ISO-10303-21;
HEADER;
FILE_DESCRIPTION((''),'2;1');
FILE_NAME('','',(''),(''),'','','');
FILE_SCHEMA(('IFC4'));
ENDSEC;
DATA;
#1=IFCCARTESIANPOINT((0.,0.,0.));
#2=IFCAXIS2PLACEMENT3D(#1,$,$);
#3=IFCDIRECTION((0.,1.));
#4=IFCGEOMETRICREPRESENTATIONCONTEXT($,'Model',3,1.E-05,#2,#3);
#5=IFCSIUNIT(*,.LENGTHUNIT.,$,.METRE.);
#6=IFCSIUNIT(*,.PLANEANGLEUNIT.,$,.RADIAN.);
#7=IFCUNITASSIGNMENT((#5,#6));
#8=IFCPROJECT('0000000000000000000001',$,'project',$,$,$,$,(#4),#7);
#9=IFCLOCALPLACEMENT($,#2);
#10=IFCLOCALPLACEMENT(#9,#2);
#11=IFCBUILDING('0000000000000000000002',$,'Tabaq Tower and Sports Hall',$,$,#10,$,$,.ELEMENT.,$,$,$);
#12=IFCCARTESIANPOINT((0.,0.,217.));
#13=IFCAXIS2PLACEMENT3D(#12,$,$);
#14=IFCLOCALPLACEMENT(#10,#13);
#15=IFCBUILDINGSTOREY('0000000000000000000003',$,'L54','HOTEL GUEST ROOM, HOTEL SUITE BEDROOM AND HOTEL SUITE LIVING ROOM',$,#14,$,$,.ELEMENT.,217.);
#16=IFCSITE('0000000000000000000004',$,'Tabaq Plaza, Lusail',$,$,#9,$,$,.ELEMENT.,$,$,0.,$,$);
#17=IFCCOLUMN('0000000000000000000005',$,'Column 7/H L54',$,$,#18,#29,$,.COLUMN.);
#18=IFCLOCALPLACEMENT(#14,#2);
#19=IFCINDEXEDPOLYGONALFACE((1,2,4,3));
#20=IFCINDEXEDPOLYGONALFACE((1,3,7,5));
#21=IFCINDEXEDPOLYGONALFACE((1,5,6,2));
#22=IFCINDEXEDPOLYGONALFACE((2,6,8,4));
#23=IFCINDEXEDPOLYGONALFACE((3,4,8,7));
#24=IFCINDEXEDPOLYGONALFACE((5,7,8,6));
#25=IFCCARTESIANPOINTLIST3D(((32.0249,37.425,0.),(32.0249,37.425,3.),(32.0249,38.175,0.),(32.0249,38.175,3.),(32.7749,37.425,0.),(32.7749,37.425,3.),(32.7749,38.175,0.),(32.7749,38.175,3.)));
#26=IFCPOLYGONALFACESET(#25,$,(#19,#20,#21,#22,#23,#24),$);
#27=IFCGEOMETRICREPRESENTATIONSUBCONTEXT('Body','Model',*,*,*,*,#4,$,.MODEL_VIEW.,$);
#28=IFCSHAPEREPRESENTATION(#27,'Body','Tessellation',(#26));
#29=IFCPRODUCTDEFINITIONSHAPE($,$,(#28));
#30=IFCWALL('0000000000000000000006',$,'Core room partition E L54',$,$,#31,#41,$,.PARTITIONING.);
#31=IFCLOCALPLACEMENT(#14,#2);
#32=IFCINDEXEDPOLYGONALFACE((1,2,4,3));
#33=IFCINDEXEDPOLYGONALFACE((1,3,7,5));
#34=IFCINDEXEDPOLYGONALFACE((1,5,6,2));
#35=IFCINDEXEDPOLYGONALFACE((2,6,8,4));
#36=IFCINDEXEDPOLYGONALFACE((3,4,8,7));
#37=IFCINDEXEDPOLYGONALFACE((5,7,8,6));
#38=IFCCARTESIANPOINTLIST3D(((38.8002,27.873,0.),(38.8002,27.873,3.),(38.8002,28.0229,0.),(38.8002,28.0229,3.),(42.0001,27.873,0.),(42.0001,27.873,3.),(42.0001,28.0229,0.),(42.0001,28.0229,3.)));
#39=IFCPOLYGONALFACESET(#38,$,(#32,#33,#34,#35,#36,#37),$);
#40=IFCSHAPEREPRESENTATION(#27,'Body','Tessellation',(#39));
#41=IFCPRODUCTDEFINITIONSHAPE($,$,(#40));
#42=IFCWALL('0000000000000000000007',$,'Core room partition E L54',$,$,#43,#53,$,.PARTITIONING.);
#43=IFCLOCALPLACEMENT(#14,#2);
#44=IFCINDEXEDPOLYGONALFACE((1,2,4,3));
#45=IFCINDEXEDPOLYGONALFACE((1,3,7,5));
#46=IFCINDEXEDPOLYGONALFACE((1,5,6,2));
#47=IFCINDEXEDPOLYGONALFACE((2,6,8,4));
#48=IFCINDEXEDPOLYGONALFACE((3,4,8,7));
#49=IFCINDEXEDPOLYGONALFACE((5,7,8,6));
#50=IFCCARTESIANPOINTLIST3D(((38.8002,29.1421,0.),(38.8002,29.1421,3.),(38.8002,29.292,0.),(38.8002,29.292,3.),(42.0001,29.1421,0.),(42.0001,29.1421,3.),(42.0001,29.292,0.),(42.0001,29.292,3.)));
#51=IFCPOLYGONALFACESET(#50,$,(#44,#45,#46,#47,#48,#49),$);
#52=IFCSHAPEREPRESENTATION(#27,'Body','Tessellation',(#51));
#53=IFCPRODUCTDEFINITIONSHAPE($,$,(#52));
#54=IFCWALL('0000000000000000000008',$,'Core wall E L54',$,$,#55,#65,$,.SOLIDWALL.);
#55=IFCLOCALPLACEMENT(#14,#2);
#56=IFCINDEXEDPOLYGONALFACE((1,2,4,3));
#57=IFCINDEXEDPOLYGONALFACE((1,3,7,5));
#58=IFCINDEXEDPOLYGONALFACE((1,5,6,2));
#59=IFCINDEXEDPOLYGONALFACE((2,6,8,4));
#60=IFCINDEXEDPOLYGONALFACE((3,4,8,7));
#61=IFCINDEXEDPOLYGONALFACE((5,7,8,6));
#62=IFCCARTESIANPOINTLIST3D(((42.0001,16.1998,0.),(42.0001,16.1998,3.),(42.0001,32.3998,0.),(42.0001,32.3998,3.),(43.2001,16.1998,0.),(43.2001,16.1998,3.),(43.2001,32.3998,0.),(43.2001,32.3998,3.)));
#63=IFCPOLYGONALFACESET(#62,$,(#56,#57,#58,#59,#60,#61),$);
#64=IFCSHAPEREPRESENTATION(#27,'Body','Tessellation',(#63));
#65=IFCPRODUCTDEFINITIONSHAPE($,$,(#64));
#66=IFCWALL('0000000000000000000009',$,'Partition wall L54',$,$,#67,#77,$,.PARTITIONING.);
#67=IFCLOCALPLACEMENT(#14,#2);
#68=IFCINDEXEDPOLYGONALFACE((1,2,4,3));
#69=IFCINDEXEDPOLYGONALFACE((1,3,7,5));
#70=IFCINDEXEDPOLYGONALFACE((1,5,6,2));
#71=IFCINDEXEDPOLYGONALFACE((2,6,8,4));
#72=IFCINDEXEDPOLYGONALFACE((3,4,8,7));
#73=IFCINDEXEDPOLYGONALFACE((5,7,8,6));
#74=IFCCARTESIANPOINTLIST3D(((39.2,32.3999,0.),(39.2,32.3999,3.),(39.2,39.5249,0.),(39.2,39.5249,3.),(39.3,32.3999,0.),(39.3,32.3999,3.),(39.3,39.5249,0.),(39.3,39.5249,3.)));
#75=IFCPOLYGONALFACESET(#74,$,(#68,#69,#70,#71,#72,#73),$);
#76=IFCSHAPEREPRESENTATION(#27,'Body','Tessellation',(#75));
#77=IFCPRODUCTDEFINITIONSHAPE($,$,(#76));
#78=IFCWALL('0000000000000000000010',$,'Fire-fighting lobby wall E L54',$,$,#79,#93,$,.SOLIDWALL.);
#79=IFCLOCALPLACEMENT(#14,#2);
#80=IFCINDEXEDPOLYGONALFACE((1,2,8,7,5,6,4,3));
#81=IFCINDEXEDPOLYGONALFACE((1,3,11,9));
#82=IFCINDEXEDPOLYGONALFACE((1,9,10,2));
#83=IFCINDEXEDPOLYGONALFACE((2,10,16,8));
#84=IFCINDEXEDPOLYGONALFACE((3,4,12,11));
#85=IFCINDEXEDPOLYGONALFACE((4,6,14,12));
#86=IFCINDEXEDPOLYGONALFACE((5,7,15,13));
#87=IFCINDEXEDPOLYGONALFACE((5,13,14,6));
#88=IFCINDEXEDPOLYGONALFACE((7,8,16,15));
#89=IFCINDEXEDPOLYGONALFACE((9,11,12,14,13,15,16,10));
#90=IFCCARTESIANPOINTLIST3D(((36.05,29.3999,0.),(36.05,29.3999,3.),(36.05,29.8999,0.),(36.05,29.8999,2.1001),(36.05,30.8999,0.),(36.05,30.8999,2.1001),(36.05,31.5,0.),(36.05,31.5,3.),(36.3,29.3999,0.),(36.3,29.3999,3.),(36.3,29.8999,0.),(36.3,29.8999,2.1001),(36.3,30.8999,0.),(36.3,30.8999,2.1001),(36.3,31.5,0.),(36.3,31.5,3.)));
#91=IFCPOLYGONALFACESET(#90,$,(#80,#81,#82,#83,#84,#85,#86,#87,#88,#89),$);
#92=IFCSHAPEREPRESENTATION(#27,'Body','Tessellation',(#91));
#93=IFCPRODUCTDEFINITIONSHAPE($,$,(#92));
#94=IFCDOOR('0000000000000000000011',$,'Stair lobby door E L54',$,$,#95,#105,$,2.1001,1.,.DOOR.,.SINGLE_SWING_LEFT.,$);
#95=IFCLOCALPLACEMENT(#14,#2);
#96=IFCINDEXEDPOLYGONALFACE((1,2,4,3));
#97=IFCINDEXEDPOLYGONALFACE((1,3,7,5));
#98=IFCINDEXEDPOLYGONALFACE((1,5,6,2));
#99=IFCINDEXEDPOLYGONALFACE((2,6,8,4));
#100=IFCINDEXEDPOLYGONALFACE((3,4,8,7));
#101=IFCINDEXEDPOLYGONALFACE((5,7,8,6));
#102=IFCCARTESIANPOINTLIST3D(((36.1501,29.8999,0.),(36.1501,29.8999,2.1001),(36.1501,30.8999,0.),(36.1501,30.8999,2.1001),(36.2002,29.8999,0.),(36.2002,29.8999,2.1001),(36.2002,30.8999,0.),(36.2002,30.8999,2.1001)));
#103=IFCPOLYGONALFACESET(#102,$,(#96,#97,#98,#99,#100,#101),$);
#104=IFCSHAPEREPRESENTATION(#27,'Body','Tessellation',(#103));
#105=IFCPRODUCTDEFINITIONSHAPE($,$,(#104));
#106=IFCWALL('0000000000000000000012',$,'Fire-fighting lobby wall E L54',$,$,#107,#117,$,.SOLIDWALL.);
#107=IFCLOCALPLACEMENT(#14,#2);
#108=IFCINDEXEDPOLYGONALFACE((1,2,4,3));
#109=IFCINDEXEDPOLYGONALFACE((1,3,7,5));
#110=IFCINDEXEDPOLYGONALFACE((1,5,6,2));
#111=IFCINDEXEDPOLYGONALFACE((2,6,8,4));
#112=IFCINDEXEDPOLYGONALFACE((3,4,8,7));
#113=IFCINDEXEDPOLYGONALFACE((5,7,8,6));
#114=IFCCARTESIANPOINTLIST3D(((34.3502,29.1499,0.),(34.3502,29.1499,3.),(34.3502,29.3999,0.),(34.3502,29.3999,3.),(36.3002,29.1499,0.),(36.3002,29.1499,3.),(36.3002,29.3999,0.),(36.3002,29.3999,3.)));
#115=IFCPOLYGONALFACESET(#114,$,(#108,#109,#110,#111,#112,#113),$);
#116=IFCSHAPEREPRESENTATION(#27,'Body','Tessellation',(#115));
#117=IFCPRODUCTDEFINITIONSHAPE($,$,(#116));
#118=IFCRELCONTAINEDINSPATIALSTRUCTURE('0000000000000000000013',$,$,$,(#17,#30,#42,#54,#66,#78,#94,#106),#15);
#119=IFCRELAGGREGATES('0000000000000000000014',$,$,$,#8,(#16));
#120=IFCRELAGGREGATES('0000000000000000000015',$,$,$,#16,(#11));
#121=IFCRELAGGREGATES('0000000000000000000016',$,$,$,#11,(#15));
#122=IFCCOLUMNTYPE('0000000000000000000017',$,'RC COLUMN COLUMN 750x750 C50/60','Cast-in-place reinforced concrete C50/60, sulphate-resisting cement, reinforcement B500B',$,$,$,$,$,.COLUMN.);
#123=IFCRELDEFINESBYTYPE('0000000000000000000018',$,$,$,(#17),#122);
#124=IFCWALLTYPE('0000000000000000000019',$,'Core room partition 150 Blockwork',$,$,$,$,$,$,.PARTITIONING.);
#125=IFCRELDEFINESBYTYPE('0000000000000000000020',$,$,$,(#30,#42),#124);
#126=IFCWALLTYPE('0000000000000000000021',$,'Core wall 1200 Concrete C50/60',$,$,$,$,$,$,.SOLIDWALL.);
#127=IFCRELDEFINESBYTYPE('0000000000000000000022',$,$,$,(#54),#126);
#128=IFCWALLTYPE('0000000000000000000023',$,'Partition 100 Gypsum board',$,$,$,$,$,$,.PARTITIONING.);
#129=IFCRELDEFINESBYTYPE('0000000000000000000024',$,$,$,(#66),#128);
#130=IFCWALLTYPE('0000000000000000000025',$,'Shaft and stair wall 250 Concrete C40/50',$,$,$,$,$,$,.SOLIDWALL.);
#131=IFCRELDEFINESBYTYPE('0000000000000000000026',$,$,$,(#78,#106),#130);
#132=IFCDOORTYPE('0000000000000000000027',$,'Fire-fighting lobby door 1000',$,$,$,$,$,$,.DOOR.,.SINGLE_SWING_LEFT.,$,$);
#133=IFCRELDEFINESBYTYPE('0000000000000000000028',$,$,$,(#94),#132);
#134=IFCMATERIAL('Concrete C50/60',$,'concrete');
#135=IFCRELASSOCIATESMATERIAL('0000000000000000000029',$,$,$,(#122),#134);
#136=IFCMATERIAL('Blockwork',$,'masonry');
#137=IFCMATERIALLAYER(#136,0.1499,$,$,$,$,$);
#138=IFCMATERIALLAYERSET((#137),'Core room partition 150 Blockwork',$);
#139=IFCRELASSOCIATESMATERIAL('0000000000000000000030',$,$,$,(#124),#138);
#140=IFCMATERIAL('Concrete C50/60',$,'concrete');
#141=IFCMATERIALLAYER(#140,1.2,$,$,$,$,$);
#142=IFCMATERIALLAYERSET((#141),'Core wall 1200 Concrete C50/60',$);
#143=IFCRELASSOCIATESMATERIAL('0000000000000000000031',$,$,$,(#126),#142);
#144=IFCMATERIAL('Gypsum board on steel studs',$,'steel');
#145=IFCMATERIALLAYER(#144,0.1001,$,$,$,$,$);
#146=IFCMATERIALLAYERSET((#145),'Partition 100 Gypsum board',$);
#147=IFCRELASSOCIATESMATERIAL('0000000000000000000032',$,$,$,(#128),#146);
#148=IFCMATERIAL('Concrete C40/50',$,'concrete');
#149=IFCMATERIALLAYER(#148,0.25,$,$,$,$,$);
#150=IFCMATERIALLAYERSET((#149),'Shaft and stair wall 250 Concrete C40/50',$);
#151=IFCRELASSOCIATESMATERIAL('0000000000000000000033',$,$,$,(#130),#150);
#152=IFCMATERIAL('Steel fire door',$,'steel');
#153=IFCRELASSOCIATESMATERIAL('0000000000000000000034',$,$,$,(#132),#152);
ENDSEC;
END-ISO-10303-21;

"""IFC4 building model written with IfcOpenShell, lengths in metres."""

from ifc_helpers import new_model, si_unit, direction, frame, frame_2d, origin, origin_2d, place, context, subcontext, project, spatial, rectangle, extrude, material, layer, layer_set, material_profile, profile_set, type_object, element, fill, save


model = new_model("IFC4")

# Units and contexts
model_context = context("Model", 3, precision=1e-05, world=origin(), true_north=direction((0.0, 1.0)))
body_context = subcontext(model_context, "Body", "Model", "MODEL_VIEW")
ifc_project = project(units=[si_unit("LENGTHUNIT", "METRE"), si_unit("PLANEANGLEUNIT", "RADIAN")], contexts=[model_context])

# Site, building, storey
site_placement = place(None, origin())
site = spatial("IfcSite", under=ifc_project, at=site_placement, Name="Tabaq Plaza, Lusail", CompositionType="ELEMENT", RefElevation=0.0)
building_placement = place(site_placement, origin())
building = spatial("IfcBuilding", under=site, at=building_placement, Name="Tabaq Tower and Sports Hall", CompositionType="ELEMENT")
storey_placement = place(building_placement, frame((0.0, 0.0, 217.0)))
storey = spatial("IfcBuildingStorey", under=building, at=storey_placement, Name="L54", Description="HOTEL GUEST ROOM, HOTEL SUITE BEDROOM AND HOTEL SUITE LIVING ROOM", CompositionType="ELEMENT", Elevation=217.0)

# Column
ifc_material_1 = material(Name="Concrete C50/60", Category="concrete")
ifc_material_profile = material_profile(ifc_material_1, rectangle(XDim=0.75, YDim=0.75, at=origin_2d()), Name="COLUMN 750x750")
ifc_profile_set = profile_set([ifc_material_profile], Name="Concrete C50/60")
column_type = type_object("IfcColumnType", Name="RC COLUMN COLUMN 750x750 C50/60", Description="Cast-in-place reinforced concrete C50/60, sulphate-resisting cement, reinforcement B500B", PredefinedType="COLUMN", material=ifc_profile_set)
column_placement = place(storey_placement, frame((32.3999, 37.8, 0.0), z_axis=(0.0, 0.0, 1.0), x_axis=(1.0, 0.0, 0.0)))
element("IfcColumn", 1, at=column_placement, inside=storey, type_object=column_type, Name="Column 7/H L54", PredefinedType="COLUMN", context=body_context, shape_type="SweptSolid", body=[
    extrude(rectangle(XDim=0.75, YDim=0.75, at=origin_2d()), origin(), (0.0, 0.0, 1.0), 3.0),
])

# Walls
ifc_material_2 = material(Name="Blockwork", Category="masonry")
ifc_layer_1 = layer(ifc_material_2, 0.1499)
ifc_layer_set_1 = layer_set([ifc_layer_1], Name="Core room partition 150 Blockwork")
wall_type_1 = type_object("IfcWallType", Name="Core room partition 150 Blockwork", PredefinedType="PARTITIONING", material=ifc_layer_set_1)
for number, where, z_axis, x_axis, name in (
    (2, (38.8, 27.948, 0.0), (0.0, 0.0, 1.0), (1.0, 0.0, 0.0), "Core room partition E L54"),
    (3, (38.8, 29.217, 0.0), (0.0, 0.0, 1.0), (1.0, 0.0, 0.0), "Core room partition E L54"),
):
    element("IfcWall", number, at=place(storey_placement, frame(where, z_axis=z_axis, x_axis=x_axis)), inside=storey, type_object=wall_type_1, Name=name, PredefinedType="PARTITIONING", context=body_context, shape_type="SweptSolid", body=[
        extrude(rectangle(XDim=3.2, YDim=0.1499, at=frame_2d((1.6001, 0.0))), origin(), (0.0, 0.0, 1.0), 3.0),
    ])
ifc_material_3 = material(Name="Concrete C50/60", Category="concrete")
ifc_layer_2 = layer(ifc_material_3, 1.2)
ifc_layer_set_2 = layer_set([ifc_layer_2], Name="Core wall 1200 Concrete C50/60")
wall_type_2 = type_object("IfcWallType", Name="Core wall 1200 Concrete C50/60", PredefinedType="SOLIDWALL", material=ifc_layer_set_2)
wall_1_placement = place(storey_placement, frame((42.6001, 32.3999, 0.0), z_axis=(0.0, 0.0, 1.0), x_axis=(0.0, -1.0, 0.0)))
element("IfcWall", 4, at=wall_1_placement, inside=storey, type_object=wall_type_2, Name="Core wall E L54", PredefinedType="SOLIDWALL", context=body_context, shape_type="SweptSolid", body=[
    extrude(rectangle(XDim=16.2, YDim=1.2, at=frame_2d((8.1001, 0.0))), origin(), (0.0, 0.0, 1.0), 3.0),
])
ifc_material_4 = material(Name="Gypsum board on steel studs", Category="steel")
ifc_layer_3 = layer(ifc_material_4, 0.1001)
ifc_layer_set_3 = layer_set([ifc_layer_3], Name="Partition 100 Gypsum board")
wall_type_3 = type_object("IfcWallType", Name="Partition 100 Gypsum board", PredefinedType="PARTITIONING", material=ifc_layer_set_3)
wall_2_placement = place(storey_placement, frame((39.25, 32.3999, 0.0), z_axis=(0.0, 0.0, 1.0), x_axis=(0.0, 1.0, 0.0)))
element("IfcWall", 5, at=wall_2_placement, inside=storey, type_object=wall_type_3, Name="Partition wall L54", PredefinedType="PARTITIONING", context=body_context, shape_type="SweptSolid", body=[
    extrude(rectangle(XDim=7.125, YDim=0.1001, at=frame_2d((3.5625, 0.0))), origin(), (0.0, 0.0, 1.0), 3.0),
])

# Wall, opening, door
ifc_material_5 = material(Name="Concrete C40/50", Category="concrete")
ifc_layer_4 = layer(ifc_material_5, 0.25)
ifc_layer_set_4 = layer_set([ifc_layer_4], Name="Shaft and stair wall 250 Concrete C40/50")
wall_type_4 = type_object("IfcWallType", Name="Shaft and stair wall 250 Concrete C40/50", PredefinedType="SOLIDWALL", material=ifc_layer_set_4)
wall_3_placement = place(storey_placement, frame((36.175, 29.3999, 0.0), z_axis=(0.0, 0.0, 1.0), x_axis=(0.0, 1.0, 0.0)))
wall_3 = element("IfcWall", 6, at=wall_3_placement, inside=storey, type_object=wall_type_4, Name="Fire-fighting lobby wall E L54", PredefinedType="SOLIDWALL", context=body_context, shape_type="SweptSolid", body=[
    extrude(rectangle(XDim=2.1001, YDim=0.25, at=frame_2d((1.05, 0.0))), origin(), (0.0, 0.0, 1.0), 3.0),
])
opening_1_placement = place(wall_3_placement, frame((0.5, 0.0, 0.0)))
opening_1 = element("IfcOpeningElement", 7, at=opening_1_placement, cuts=wall_3, PredefinedType="OPENING", context=body_context, shape_type="SweptSolid", body=[
    extrude(rectangle(XDim=1.0, YDim=2.1001, at=frame_2d((0.5, 1.05))), frame((0.0, 0.125, 0.0), z_axis=(0.0, -1.0, 0.0), x_axis=(1.0, 0.0, 0.0)), (0.0, 0.0, 1.0), 0.25),
])
ifc_material_6 = material(Name="Steel fire door", Category="steel")
door_type = type_object("IfcDoorType", Name="Fire-fighting lobby door 1000", OperationType="SINGLE_SWING_LEFT", PredefinedType="DOOR", material=ifc_material_6)
door_placement = place(opening_1_placement, origin())
door = element("IfcDoor", 8, at=door_placement, inside=storey, type_object=door_type, Name="Stair lobby door E L54", OperationType="SINGLE_SWING_LEFT", OverallHeight=2.1001, OverallWidth=1.0, PredefinedType="DOOR", context=body_context, shape_type="SweptSolid", body=[
    extrude(rectangle(XDim=1.0, YDim=2.1001, at=frame_2d((0.5, 1.05))), frame((0.0, 0.0249, 0.0), z_axis=(0.0, -1.0, 0.0), x_axis=(1.0, 0.0, 0.0)), (0.0, 0.0, 1.0), 0.05),
])
fill(opening_1, door)

# Wall
wall_4_placement = place(storey_placement, frame((34.3501, 29.2749, 0.0), z_axis=(0.0, 0.0, 1.0), x_axis=(1.0, 0.0, 0.0)))
element("IfcWall", 9, at=wall_4_placement, inside=storey, type_object=wall_type_4, Name="Fire-fighting lobby wall E L54", PredefinedType="SOLIDWALL", context=body_context, shape_type="SweptSolid", body=[
    extrude(rectangle(XDim=1.95, YDim=0.25, at=frame_2d((0.9751, 0.0))), origin(), (0.0, 0.0, 1.0), 3.0),
])

save(model, "model.ifc")
